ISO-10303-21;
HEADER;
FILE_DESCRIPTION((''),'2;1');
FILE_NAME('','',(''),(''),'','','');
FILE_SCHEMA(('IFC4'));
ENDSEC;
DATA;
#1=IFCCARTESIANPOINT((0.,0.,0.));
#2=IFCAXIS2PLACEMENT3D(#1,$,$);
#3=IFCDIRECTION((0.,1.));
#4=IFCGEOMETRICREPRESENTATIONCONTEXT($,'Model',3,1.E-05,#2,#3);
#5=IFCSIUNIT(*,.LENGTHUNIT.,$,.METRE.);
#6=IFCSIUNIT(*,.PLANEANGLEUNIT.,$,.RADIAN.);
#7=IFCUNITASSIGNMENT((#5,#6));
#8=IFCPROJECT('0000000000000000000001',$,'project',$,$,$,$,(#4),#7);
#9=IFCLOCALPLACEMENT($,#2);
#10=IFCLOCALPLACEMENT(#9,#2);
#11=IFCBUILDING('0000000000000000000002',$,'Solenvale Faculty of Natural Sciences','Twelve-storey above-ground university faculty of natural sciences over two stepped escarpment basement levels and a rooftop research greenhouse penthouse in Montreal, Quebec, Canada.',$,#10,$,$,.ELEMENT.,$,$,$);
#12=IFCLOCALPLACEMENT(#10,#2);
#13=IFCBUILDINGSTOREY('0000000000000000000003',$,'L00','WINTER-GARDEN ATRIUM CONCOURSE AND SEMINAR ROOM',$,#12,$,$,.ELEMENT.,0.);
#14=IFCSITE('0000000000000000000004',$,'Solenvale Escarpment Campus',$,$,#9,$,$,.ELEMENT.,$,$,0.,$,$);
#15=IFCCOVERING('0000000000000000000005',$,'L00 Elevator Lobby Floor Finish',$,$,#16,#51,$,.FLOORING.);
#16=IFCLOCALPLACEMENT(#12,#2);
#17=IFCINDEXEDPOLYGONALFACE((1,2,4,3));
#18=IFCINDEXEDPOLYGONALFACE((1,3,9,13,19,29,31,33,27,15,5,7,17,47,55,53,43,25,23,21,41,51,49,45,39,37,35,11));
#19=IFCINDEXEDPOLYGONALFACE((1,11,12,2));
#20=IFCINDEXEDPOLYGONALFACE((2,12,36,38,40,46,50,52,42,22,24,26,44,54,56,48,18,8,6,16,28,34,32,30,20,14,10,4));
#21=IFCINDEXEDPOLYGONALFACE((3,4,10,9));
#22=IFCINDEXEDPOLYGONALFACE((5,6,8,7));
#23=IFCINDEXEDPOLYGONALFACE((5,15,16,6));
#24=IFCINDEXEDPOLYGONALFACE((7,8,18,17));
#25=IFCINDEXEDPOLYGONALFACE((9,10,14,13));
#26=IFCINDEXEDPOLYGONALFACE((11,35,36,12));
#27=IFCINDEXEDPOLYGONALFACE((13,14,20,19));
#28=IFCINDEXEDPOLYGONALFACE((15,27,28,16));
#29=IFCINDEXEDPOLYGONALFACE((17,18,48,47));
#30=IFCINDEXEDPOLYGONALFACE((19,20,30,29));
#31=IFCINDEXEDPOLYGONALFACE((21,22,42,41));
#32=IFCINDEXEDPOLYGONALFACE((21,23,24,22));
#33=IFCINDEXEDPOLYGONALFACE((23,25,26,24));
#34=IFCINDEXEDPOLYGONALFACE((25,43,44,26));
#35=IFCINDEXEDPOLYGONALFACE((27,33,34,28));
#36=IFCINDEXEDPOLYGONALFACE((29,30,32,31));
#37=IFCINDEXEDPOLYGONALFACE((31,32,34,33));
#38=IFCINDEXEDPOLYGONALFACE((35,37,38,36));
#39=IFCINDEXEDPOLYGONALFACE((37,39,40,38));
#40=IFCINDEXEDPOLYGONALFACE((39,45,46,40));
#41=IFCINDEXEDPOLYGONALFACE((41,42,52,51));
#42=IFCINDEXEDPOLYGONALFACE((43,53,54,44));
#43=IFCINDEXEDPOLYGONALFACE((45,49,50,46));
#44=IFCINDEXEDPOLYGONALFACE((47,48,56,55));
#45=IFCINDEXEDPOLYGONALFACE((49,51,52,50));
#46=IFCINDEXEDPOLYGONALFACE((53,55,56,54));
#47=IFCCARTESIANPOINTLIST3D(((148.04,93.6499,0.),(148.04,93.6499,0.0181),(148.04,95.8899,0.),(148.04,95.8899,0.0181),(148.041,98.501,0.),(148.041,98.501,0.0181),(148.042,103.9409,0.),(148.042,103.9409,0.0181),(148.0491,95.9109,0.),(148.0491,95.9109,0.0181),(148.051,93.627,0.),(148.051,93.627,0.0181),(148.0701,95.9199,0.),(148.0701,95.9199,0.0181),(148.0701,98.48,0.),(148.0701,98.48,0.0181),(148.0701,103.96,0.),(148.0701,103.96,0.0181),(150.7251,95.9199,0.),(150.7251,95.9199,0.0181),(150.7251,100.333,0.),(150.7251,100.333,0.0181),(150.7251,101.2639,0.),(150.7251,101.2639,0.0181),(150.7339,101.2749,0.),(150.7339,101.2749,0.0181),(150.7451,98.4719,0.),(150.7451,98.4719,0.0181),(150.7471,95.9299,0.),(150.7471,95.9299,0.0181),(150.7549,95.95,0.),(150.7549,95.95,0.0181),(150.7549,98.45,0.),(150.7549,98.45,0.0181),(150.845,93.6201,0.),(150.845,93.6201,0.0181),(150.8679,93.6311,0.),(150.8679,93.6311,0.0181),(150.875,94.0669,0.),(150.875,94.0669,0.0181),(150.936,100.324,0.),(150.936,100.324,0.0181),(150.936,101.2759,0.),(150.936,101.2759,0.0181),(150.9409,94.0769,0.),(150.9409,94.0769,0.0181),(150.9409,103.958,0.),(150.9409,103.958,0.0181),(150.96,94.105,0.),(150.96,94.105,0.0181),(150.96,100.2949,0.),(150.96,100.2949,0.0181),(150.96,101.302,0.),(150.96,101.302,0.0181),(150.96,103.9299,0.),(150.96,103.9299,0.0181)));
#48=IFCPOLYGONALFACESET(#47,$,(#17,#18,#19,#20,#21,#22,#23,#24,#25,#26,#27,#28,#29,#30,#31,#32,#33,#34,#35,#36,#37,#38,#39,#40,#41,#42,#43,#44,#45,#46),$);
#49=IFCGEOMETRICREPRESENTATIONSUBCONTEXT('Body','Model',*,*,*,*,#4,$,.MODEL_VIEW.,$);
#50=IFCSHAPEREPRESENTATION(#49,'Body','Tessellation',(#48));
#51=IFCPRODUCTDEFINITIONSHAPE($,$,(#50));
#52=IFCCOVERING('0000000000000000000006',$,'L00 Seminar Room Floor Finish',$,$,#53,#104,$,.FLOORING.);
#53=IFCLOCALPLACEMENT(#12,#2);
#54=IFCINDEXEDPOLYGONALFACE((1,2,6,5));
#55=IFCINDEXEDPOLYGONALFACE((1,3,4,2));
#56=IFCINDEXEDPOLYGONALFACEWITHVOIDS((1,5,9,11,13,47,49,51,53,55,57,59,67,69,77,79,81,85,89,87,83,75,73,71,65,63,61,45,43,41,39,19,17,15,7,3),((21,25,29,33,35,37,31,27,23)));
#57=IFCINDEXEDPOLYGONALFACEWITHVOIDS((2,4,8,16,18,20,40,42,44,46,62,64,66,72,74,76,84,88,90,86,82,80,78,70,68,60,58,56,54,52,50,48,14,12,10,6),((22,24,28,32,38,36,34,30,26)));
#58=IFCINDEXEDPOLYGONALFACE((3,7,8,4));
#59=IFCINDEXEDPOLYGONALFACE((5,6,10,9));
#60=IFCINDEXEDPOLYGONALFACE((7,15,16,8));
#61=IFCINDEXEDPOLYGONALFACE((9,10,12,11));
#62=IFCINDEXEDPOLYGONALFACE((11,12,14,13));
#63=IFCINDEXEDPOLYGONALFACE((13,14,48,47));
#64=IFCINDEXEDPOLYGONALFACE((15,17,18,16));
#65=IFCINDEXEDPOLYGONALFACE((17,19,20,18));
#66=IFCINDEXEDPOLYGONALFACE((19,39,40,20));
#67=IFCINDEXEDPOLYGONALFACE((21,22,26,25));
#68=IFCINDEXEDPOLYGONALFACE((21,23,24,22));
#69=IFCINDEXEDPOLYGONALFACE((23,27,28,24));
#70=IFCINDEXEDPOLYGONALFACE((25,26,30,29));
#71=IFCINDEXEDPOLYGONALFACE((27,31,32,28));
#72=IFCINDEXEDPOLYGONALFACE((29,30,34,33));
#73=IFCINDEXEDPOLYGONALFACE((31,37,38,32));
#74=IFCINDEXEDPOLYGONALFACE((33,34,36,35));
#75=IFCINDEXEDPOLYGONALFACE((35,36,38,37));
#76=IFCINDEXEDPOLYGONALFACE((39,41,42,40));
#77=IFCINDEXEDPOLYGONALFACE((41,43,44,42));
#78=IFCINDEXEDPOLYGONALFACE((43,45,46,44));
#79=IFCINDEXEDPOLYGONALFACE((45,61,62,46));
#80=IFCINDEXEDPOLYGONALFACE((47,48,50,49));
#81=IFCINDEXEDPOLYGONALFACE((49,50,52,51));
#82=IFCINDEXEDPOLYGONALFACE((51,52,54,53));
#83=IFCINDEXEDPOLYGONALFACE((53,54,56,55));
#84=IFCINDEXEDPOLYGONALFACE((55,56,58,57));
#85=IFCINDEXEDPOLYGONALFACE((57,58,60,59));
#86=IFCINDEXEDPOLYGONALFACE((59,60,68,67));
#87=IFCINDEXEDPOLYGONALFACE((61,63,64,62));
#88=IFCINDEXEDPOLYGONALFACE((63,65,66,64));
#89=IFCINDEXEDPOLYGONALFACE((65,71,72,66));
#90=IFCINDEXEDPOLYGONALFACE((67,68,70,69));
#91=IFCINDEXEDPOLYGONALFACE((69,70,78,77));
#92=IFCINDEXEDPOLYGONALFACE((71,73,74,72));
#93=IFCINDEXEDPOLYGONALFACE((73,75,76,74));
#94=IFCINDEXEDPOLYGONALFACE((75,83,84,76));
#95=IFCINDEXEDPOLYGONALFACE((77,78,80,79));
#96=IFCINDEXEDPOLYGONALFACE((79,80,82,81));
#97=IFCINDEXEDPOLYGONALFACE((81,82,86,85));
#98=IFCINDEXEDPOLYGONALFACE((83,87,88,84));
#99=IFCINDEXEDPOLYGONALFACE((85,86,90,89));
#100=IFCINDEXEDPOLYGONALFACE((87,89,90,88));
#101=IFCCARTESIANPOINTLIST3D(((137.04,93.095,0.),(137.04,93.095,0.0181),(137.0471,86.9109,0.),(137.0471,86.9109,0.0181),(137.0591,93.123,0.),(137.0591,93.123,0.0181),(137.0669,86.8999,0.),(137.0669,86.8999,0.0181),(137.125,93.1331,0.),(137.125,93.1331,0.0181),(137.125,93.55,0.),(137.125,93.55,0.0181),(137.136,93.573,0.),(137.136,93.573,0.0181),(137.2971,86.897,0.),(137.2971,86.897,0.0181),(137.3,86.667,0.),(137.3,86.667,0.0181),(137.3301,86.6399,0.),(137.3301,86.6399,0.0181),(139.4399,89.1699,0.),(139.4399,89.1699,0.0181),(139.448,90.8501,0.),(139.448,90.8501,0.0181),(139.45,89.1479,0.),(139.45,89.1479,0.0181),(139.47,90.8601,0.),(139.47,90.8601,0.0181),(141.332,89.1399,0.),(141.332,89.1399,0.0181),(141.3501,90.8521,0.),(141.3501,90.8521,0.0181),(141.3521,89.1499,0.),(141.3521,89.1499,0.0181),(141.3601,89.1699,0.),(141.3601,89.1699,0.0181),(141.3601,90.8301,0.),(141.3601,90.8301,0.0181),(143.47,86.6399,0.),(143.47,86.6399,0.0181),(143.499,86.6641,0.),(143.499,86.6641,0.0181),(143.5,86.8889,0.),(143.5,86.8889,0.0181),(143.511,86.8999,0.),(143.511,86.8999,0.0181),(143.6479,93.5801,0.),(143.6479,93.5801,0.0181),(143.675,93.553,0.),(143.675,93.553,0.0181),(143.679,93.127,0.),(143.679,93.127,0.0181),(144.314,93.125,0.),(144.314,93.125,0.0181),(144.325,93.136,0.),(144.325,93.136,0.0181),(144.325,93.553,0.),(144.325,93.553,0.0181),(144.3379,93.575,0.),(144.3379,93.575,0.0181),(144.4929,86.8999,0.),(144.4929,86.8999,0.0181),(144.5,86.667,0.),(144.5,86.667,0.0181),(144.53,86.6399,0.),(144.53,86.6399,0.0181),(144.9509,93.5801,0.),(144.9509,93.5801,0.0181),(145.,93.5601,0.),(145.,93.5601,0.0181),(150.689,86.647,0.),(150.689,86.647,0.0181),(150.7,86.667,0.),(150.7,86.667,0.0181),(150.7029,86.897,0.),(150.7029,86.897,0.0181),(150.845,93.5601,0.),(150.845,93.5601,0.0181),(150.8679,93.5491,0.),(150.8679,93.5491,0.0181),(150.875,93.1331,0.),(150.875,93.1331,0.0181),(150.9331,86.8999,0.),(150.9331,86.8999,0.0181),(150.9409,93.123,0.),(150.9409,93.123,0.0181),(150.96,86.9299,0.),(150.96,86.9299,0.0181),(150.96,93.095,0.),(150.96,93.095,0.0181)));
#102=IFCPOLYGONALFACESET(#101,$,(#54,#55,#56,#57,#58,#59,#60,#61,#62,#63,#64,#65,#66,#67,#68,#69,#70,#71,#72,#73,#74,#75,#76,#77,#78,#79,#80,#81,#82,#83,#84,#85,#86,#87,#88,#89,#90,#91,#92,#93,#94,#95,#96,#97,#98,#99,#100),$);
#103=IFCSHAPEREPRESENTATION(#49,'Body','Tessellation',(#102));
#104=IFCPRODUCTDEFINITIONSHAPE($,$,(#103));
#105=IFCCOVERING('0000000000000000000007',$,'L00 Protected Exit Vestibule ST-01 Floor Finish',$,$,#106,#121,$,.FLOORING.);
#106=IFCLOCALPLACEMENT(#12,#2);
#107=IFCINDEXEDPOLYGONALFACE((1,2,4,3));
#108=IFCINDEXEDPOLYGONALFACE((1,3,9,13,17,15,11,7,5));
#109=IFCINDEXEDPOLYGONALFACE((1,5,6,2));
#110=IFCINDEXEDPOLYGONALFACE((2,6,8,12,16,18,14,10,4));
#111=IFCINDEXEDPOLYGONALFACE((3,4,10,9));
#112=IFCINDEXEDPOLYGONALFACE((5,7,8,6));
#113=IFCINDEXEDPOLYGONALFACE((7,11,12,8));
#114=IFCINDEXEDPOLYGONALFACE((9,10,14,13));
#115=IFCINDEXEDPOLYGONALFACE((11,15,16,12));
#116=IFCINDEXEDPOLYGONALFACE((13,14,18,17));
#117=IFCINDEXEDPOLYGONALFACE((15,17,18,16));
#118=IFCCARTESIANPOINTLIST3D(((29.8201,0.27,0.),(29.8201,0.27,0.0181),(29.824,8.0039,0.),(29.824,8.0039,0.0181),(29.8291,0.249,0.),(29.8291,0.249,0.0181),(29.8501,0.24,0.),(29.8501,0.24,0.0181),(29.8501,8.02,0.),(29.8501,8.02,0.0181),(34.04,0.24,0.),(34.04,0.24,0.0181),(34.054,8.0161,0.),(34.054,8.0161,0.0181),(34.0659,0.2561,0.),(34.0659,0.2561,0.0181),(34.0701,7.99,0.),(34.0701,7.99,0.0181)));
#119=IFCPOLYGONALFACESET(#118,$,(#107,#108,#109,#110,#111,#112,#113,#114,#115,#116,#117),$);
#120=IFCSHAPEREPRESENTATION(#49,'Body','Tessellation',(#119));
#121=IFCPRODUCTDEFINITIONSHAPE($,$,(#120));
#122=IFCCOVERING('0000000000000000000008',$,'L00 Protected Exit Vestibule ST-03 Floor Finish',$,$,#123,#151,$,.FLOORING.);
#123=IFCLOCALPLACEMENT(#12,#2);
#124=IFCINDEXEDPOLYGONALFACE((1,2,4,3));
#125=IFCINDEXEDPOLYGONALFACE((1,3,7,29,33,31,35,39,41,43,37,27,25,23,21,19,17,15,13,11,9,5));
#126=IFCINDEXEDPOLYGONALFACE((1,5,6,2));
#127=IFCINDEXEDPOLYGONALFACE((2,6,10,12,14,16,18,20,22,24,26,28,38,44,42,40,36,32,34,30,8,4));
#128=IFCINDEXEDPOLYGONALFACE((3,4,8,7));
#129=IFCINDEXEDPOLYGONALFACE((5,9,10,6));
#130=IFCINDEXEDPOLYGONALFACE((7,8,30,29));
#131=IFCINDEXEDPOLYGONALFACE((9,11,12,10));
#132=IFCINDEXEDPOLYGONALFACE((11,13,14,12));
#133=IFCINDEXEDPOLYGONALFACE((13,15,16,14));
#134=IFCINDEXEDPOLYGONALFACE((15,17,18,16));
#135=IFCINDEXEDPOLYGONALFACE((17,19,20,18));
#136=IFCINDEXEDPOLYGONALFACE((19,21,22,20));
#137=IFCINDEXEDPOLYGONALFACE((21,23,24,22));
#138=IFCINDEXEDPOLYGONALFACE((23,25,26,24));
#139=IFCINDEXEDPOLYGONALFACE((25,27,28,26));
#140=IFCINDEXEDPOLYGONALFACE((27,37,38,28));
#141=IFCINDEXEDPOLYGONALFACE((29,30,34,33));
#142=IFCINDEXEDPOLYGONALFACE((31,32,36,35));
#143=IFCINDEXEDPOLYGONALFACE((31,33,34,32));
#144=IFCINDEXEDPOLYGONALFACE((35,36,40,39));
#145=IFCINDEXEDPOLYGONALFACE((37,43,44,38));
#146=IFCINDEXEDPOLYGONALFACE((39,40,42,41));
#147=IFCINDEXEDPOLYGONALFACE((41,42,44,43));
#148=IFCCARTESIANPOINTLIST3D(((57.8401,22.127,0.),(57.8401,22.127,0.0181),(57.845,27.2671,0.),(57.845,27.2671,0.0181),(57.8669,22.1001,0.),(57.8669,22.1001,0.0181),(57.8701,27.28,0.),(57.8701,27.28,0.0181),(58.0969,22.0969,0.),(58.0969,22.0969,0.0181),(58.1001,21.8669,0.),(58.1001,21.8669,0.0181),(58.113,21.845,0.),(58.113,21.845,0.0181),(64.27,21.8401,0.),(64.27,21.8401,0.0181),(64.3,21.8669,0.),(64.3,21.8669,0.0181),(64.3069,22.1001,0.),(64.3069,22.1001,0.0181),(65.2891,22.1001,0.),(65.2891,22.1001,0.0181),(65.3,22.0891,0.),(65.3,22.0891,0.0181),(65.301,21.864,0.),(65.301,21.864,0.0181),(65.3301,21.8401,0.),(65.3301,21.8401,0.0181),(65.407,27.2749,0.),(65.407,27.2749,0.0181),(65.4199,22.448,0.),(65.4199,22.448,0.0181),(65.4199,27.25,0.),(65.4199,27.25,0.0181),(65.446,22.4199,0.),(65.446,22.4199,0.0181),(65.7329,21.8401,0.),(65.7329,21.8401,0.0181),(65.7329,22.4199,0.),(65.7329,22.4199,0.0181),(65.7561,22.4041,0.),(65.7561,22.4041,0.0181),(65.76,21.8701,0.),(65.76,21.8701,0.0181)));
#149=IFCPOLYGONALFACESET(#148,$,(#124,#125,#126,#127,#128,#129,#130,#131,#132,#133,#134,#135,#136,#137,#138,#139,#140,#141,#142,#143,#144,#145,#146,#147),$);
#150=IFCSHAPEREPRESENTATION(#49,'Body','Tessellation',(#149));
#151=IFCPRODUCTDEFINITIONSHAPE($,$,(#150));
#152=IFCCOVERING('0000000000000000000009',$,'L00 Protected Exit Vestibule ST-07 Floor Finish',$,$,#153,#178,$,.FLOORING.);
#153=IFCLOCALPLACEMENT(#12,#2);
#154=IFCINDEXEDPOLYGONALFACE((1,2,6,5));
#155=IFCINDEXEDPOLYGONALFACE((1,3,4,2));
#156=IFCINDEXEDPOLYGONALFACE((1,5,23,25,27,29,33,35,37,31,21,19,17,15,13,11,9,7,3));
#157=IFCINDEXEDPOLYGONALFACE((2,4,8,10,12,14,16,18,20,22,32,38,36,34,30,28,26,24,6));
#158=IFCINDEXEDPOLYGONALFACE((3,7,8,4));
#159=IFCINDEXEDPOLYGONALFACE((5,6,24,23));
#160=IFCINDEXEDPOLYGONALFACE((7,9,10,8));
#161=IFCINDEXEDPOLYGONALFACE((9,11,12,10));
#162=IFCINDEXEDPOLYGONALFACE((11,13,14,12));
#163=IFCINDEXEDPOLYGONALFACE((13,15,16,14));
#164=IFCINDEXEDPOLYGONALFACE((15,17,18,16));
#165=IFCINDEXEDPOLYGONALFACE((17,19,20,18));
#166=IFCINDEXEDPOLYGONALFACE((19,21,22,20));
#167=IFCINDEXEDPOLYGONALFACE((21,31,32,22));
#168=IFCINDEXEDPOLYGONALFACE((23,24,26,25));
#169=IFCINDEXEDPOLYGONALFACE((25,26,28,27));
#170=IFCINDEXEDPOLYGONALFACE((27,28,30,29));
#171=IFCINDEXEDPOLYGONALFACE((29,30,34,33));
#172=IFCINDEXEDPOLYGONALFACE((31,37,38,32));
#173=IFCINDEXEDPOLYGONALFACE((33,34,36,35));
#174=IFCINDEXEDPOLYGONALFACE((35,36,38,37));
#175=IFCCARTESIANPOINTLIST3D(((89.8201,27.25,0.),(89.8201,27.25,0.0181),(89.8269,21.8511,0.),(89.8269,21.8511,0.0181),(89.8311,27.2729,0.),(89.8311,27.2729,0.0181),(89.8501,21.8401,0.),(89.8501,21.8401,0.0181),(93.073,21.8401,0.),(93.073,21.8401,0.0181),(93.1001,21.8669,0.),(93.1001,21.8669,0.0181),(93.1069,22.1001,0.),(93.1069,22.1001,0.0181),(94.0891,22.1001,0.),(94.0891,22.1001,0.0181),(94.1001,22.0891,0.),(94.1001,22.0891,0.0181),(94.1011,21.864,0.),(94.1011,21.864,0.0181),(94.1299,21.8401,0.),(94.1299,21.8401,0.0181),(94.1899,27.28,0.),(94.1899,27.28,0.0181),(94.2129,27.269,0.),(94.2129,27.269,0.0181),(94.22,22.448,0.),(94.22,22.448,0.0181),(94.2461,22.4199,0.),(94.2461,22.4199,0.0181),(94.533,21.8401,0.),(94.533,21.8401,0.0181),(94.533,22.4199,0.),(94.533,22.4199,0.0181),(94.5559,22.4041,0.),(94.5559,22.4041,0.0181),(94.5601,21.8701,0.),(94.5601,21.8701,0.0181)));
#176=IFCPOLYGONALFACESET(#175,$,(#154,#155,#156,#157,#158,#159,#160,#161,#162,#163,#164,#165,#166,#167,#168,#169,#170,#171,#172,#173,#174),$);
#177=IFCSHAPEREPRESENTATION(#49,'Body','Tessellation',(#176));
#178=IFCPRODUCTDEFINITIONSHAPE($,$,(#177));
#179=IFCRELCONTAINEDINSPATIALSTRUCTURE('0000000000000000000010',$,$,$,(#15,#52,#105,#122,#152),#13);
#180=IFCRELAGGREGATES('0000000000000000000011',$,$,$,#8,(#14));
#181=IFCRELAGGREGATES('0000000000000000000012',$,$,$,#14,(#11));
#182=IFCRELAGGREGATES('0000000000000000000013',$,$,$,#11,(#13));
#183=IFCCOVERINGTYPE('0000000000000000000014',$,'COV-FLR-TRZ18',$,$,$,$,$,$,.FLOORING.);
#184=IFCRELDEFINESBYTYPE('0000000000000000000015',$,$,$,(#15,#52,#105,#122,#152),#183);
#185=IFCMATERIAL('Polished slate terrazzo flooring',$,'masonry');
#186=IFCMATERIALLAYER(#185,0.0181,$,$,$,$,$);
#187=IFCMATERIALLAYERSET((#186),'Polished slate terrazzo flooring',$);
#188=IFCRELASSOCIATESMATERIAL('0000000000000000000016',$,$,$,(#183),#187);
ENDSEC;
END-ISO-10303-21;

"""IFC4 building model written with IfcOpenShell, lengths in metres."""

from ifc_helpers import new_model, si_unit, direction, origin, place, context, subcontext, project, spatial, polyline, outline, extrude, material, layer, layer_set, type_object, element, save


model = new_model("IFC4")

# Units and contexts
model_context = context("Model", 3, precision=1e-05, world=origin(), true_north=direction((0.0, 1.0)))
body_context = subcontext(model_context, "Body", "Model", "MODEL_VIEW")
ifc_project = project(units=[si_unit("LENGTHUNIT", "METRE"), si_unit("PLANEANGLEUNIT", "RADIAN")], contexts=[model_context])

# Site, building, storey
site_placement = place(None, origin())
site = spatial("IfcSite", under=ifc_project, at=site_placement, Name="Solenvale Escarpment Campus", CompositionType="ELEMENT", RefElevation=0.0)
building_placement = place(site_placement, origin())
building = spatial("IfcBuilding", under=site, at=building_placement, Name="Solenvale Faculty of Natural Sciences", Description="Twelve-storey above-ground university faculty of natural sciences over two stepped escarpment basement levels and a rooftop research greenhouse penthouse in Montreal, Quebec, Canada.", CompositionType="ELEMENT")
storey_placement = place(building_placement, origin())
storey = spatial("IfcBuildingStorey", under=building, at=storey_placement, Name="L00", Description="WINTER-GARDEN ATRIUM CONCOURSE AND SEMINAR ROOM", CompositionType="ELEMENT", Elevation=0.0)

# Coverings
ifc_material_1 = material(Name="Polished slate terrazzo flooring", Category="masonry")
ifc_layer_1 = layer(ifc_material_1, 0.0181)
ifc_layer_set_1 = layer_set([ifc_layer_1], Name="Polished slate terrazzo flooring")
covering_type_1 = type_object("IfcCoveringType", Name="COV-FLR-TRZ18", PredefinedType="FLOORING", material=ifc_layer_set_1)
covering_1_placement = place(storey_placement, origin())
element("IfcCovering", 1, at=covering_1_placement, inside=storey, type_object=covering_type_1, Name="L00 Elevator Lobby Floor Finish", PredefinedType="FLOORING", context=body_context, shape_type="SweptSolid", body=[
    extrude(outline(polyline([(148.04, 95.8899), (148.0491, 95.9109), (148.0701, 95.9199), (150.7251, 95.9199), (150.7471, 95.9299), (150.7549, 95.95), (150.7549, 98.45), (150.7451, 98.4719), (148.0701, 98.48), (148.041, 98.501), (148.042, 103.9409), (148.0701, 103.96), (150.9409, 103.958), (150.96, 103.9299), (150.96, 101.302), (150.936, 101.2759), (150.7339, 101.2749), (150.7251, 101.2639), (150.7251, 100.333), (150.936, 100.324), (150.96, 100.2949), (150.96, 94.105), (150.9409, 94.0769), (150.875, 94.0669), (150.8679, 93.6311), (150.845, 93.6201), (148.051, 93.627), (148.04, 93.6499), (148.04, 95.8899)])), origin(), (0.0, 0.0, 1.0), 0.0181),
])
covering_2_placement = place(storey_placement, origin())
element("IfcCovering", 2, at=covering_2_placement, inside=storey, type_object=covering_type_1, Name="L00 Seminar Room Floor Finish", PredefinedType="FLOORING", context=body_context, shape_type="SweptSolid", body=[
    extrude(outline(polyline([(144.9509, 93.5801), (145.0, 93.5601), (150.845, 93.5601), (150.8679, 93.5491), (150.875, 93.1331), (150.9409, 93.123), (150.96, 93.095), (150.96, 86.9299), (150.9331, 86.8999), (150.7029, 86.897), (150.7, 86.667), (150.689, 86.647), (144.53, 86.6399), (144.5, 86.667), (144.4929, 86.8999), (143.511, 86.8999), (143.5, 86.8889), (143.499, 86.6641), (143.47, 86.6399), (137.3301, 86.6399), (137.3, 86.667), (137.2971, 86.897), (137.0669, 86.8999), (137.0471, 86.9109), (137.04, 93.095), (137.0591, 93.123), (137.125, 93.1331), (137.125, 93.55), (137.136, 93.573), (143.6479, 93.5801), (143.675, 93.553), (143.679, 93.127), (144.314, 93.125), (144.325, 93.136), (144.325, 93.553), (144.3379, 93.575), (144.9509, 93.5801)]), holes=[polyline([(141.332, 89.1399), (141.3521, 89.1499), (141.3601, 89.1699), (141.3601, 90.8301), (141.3501, 90.8521), (139.47, 90.8601), (139.448, 90.8501), (139.4399, 89.1699), (139.45, 89.1479), (141.332, 89.1399)])]), origin(), (0.0, 0.0, 1.0), 0.0181),
])
covering_3_placement = place(storey_placement, origin())
element("IfcCovering", 3, at=covering_3_placement, inside=storey, type_object=covering_type_1, Name="L00 Protected Exit Vestibule ST-01 Floor Finish", PredefinedType="FLOORING", context=body_context, shape_type="SweptSolid", body=[
    extrude(outline(polyline([(29.8501, 0.24), (29.8291, 0.249), (29.8201, 0.27), (29.824, 8.0039), (29.8501, 8.02), (34.054, 8.0161), (34.0701, 7.99), (34.0659, 0.2561), (34.04, 0.24), (29.8501, 0.24)])), origin(), (0.0, 0.0, 1.0), 0.0181),
])
covering_4_placement = place(storey_placement, origin())
element("IfcCovering", 4, at=covering_4_placement, inside=storey, type_object=covering_type_1, Name="L00 Protected Exit Vestibule ST-03 Floor Finish", PredefinedType="FLOORING", context=body_context, shape_type="SweptSolid", body=[
    extrude(outline(polyline([(65.3301, 21.8401), (65.301, 21.864), (65.3, 22.0891), (65.2891, 22.1001), (64.3069, 22.1001), (64.3, 21.8669), (64.27, 21.8401), (58.113, 21.845), (58.1001, 21.8669), (58.0969, 22.0969), (57.8669, 22.1001), (57.8401, 22.127), (57.845, 27.2671), (57.8701, 27.28), (65.407, 27.2749), (65.4199, 27.25), (65.4199, 22.448), (65.446, 22.4199), (65.7329, 22.4199), (65.7561, 22.4041), (65.76, 21.8701), (65.7329, 21.8401), (65.3301, 21.8401)])), origin(), (0.0, 0.0, 1.0), 0.0181),
])
covering_5_placement = place(storey_placement, origin())
element("IfcCovering", 5, at=covering_5_placement, inside=storey, type_object=covering_type_1, Name="L00 Protected Exit Vestibule ST-07 Floor Finish", PredefinedType="FLOORING", context=body_context, shape_type="SweptSolid", body=[
    extrude(outline(polyline([(94.1299, 21.8401), (94.1011, 21.864), (94.1001, 22.0891), (94.0891, 22.1001), (93.1069, 22.1001), (93.1001, 21.8669), (93.073, 21.8401), (89.8501, 21.8401), (89.8269, 21.8511), (89.8201, 27.25), (89.8311, 27.2729), (94.1899, 27.28), (94.2129, 27.269), (94.22, 22.448), (94.2461, 22.4199), (94.533, 22.4199), (94.5559, 22.4041), (94.5601, 21.8701), (94.533, 21.8401), (94.1299, 21.8401)])), origin(), (0.0, 0.0, 1.0), 0.0181),
])

save(model, "model.ifc")
